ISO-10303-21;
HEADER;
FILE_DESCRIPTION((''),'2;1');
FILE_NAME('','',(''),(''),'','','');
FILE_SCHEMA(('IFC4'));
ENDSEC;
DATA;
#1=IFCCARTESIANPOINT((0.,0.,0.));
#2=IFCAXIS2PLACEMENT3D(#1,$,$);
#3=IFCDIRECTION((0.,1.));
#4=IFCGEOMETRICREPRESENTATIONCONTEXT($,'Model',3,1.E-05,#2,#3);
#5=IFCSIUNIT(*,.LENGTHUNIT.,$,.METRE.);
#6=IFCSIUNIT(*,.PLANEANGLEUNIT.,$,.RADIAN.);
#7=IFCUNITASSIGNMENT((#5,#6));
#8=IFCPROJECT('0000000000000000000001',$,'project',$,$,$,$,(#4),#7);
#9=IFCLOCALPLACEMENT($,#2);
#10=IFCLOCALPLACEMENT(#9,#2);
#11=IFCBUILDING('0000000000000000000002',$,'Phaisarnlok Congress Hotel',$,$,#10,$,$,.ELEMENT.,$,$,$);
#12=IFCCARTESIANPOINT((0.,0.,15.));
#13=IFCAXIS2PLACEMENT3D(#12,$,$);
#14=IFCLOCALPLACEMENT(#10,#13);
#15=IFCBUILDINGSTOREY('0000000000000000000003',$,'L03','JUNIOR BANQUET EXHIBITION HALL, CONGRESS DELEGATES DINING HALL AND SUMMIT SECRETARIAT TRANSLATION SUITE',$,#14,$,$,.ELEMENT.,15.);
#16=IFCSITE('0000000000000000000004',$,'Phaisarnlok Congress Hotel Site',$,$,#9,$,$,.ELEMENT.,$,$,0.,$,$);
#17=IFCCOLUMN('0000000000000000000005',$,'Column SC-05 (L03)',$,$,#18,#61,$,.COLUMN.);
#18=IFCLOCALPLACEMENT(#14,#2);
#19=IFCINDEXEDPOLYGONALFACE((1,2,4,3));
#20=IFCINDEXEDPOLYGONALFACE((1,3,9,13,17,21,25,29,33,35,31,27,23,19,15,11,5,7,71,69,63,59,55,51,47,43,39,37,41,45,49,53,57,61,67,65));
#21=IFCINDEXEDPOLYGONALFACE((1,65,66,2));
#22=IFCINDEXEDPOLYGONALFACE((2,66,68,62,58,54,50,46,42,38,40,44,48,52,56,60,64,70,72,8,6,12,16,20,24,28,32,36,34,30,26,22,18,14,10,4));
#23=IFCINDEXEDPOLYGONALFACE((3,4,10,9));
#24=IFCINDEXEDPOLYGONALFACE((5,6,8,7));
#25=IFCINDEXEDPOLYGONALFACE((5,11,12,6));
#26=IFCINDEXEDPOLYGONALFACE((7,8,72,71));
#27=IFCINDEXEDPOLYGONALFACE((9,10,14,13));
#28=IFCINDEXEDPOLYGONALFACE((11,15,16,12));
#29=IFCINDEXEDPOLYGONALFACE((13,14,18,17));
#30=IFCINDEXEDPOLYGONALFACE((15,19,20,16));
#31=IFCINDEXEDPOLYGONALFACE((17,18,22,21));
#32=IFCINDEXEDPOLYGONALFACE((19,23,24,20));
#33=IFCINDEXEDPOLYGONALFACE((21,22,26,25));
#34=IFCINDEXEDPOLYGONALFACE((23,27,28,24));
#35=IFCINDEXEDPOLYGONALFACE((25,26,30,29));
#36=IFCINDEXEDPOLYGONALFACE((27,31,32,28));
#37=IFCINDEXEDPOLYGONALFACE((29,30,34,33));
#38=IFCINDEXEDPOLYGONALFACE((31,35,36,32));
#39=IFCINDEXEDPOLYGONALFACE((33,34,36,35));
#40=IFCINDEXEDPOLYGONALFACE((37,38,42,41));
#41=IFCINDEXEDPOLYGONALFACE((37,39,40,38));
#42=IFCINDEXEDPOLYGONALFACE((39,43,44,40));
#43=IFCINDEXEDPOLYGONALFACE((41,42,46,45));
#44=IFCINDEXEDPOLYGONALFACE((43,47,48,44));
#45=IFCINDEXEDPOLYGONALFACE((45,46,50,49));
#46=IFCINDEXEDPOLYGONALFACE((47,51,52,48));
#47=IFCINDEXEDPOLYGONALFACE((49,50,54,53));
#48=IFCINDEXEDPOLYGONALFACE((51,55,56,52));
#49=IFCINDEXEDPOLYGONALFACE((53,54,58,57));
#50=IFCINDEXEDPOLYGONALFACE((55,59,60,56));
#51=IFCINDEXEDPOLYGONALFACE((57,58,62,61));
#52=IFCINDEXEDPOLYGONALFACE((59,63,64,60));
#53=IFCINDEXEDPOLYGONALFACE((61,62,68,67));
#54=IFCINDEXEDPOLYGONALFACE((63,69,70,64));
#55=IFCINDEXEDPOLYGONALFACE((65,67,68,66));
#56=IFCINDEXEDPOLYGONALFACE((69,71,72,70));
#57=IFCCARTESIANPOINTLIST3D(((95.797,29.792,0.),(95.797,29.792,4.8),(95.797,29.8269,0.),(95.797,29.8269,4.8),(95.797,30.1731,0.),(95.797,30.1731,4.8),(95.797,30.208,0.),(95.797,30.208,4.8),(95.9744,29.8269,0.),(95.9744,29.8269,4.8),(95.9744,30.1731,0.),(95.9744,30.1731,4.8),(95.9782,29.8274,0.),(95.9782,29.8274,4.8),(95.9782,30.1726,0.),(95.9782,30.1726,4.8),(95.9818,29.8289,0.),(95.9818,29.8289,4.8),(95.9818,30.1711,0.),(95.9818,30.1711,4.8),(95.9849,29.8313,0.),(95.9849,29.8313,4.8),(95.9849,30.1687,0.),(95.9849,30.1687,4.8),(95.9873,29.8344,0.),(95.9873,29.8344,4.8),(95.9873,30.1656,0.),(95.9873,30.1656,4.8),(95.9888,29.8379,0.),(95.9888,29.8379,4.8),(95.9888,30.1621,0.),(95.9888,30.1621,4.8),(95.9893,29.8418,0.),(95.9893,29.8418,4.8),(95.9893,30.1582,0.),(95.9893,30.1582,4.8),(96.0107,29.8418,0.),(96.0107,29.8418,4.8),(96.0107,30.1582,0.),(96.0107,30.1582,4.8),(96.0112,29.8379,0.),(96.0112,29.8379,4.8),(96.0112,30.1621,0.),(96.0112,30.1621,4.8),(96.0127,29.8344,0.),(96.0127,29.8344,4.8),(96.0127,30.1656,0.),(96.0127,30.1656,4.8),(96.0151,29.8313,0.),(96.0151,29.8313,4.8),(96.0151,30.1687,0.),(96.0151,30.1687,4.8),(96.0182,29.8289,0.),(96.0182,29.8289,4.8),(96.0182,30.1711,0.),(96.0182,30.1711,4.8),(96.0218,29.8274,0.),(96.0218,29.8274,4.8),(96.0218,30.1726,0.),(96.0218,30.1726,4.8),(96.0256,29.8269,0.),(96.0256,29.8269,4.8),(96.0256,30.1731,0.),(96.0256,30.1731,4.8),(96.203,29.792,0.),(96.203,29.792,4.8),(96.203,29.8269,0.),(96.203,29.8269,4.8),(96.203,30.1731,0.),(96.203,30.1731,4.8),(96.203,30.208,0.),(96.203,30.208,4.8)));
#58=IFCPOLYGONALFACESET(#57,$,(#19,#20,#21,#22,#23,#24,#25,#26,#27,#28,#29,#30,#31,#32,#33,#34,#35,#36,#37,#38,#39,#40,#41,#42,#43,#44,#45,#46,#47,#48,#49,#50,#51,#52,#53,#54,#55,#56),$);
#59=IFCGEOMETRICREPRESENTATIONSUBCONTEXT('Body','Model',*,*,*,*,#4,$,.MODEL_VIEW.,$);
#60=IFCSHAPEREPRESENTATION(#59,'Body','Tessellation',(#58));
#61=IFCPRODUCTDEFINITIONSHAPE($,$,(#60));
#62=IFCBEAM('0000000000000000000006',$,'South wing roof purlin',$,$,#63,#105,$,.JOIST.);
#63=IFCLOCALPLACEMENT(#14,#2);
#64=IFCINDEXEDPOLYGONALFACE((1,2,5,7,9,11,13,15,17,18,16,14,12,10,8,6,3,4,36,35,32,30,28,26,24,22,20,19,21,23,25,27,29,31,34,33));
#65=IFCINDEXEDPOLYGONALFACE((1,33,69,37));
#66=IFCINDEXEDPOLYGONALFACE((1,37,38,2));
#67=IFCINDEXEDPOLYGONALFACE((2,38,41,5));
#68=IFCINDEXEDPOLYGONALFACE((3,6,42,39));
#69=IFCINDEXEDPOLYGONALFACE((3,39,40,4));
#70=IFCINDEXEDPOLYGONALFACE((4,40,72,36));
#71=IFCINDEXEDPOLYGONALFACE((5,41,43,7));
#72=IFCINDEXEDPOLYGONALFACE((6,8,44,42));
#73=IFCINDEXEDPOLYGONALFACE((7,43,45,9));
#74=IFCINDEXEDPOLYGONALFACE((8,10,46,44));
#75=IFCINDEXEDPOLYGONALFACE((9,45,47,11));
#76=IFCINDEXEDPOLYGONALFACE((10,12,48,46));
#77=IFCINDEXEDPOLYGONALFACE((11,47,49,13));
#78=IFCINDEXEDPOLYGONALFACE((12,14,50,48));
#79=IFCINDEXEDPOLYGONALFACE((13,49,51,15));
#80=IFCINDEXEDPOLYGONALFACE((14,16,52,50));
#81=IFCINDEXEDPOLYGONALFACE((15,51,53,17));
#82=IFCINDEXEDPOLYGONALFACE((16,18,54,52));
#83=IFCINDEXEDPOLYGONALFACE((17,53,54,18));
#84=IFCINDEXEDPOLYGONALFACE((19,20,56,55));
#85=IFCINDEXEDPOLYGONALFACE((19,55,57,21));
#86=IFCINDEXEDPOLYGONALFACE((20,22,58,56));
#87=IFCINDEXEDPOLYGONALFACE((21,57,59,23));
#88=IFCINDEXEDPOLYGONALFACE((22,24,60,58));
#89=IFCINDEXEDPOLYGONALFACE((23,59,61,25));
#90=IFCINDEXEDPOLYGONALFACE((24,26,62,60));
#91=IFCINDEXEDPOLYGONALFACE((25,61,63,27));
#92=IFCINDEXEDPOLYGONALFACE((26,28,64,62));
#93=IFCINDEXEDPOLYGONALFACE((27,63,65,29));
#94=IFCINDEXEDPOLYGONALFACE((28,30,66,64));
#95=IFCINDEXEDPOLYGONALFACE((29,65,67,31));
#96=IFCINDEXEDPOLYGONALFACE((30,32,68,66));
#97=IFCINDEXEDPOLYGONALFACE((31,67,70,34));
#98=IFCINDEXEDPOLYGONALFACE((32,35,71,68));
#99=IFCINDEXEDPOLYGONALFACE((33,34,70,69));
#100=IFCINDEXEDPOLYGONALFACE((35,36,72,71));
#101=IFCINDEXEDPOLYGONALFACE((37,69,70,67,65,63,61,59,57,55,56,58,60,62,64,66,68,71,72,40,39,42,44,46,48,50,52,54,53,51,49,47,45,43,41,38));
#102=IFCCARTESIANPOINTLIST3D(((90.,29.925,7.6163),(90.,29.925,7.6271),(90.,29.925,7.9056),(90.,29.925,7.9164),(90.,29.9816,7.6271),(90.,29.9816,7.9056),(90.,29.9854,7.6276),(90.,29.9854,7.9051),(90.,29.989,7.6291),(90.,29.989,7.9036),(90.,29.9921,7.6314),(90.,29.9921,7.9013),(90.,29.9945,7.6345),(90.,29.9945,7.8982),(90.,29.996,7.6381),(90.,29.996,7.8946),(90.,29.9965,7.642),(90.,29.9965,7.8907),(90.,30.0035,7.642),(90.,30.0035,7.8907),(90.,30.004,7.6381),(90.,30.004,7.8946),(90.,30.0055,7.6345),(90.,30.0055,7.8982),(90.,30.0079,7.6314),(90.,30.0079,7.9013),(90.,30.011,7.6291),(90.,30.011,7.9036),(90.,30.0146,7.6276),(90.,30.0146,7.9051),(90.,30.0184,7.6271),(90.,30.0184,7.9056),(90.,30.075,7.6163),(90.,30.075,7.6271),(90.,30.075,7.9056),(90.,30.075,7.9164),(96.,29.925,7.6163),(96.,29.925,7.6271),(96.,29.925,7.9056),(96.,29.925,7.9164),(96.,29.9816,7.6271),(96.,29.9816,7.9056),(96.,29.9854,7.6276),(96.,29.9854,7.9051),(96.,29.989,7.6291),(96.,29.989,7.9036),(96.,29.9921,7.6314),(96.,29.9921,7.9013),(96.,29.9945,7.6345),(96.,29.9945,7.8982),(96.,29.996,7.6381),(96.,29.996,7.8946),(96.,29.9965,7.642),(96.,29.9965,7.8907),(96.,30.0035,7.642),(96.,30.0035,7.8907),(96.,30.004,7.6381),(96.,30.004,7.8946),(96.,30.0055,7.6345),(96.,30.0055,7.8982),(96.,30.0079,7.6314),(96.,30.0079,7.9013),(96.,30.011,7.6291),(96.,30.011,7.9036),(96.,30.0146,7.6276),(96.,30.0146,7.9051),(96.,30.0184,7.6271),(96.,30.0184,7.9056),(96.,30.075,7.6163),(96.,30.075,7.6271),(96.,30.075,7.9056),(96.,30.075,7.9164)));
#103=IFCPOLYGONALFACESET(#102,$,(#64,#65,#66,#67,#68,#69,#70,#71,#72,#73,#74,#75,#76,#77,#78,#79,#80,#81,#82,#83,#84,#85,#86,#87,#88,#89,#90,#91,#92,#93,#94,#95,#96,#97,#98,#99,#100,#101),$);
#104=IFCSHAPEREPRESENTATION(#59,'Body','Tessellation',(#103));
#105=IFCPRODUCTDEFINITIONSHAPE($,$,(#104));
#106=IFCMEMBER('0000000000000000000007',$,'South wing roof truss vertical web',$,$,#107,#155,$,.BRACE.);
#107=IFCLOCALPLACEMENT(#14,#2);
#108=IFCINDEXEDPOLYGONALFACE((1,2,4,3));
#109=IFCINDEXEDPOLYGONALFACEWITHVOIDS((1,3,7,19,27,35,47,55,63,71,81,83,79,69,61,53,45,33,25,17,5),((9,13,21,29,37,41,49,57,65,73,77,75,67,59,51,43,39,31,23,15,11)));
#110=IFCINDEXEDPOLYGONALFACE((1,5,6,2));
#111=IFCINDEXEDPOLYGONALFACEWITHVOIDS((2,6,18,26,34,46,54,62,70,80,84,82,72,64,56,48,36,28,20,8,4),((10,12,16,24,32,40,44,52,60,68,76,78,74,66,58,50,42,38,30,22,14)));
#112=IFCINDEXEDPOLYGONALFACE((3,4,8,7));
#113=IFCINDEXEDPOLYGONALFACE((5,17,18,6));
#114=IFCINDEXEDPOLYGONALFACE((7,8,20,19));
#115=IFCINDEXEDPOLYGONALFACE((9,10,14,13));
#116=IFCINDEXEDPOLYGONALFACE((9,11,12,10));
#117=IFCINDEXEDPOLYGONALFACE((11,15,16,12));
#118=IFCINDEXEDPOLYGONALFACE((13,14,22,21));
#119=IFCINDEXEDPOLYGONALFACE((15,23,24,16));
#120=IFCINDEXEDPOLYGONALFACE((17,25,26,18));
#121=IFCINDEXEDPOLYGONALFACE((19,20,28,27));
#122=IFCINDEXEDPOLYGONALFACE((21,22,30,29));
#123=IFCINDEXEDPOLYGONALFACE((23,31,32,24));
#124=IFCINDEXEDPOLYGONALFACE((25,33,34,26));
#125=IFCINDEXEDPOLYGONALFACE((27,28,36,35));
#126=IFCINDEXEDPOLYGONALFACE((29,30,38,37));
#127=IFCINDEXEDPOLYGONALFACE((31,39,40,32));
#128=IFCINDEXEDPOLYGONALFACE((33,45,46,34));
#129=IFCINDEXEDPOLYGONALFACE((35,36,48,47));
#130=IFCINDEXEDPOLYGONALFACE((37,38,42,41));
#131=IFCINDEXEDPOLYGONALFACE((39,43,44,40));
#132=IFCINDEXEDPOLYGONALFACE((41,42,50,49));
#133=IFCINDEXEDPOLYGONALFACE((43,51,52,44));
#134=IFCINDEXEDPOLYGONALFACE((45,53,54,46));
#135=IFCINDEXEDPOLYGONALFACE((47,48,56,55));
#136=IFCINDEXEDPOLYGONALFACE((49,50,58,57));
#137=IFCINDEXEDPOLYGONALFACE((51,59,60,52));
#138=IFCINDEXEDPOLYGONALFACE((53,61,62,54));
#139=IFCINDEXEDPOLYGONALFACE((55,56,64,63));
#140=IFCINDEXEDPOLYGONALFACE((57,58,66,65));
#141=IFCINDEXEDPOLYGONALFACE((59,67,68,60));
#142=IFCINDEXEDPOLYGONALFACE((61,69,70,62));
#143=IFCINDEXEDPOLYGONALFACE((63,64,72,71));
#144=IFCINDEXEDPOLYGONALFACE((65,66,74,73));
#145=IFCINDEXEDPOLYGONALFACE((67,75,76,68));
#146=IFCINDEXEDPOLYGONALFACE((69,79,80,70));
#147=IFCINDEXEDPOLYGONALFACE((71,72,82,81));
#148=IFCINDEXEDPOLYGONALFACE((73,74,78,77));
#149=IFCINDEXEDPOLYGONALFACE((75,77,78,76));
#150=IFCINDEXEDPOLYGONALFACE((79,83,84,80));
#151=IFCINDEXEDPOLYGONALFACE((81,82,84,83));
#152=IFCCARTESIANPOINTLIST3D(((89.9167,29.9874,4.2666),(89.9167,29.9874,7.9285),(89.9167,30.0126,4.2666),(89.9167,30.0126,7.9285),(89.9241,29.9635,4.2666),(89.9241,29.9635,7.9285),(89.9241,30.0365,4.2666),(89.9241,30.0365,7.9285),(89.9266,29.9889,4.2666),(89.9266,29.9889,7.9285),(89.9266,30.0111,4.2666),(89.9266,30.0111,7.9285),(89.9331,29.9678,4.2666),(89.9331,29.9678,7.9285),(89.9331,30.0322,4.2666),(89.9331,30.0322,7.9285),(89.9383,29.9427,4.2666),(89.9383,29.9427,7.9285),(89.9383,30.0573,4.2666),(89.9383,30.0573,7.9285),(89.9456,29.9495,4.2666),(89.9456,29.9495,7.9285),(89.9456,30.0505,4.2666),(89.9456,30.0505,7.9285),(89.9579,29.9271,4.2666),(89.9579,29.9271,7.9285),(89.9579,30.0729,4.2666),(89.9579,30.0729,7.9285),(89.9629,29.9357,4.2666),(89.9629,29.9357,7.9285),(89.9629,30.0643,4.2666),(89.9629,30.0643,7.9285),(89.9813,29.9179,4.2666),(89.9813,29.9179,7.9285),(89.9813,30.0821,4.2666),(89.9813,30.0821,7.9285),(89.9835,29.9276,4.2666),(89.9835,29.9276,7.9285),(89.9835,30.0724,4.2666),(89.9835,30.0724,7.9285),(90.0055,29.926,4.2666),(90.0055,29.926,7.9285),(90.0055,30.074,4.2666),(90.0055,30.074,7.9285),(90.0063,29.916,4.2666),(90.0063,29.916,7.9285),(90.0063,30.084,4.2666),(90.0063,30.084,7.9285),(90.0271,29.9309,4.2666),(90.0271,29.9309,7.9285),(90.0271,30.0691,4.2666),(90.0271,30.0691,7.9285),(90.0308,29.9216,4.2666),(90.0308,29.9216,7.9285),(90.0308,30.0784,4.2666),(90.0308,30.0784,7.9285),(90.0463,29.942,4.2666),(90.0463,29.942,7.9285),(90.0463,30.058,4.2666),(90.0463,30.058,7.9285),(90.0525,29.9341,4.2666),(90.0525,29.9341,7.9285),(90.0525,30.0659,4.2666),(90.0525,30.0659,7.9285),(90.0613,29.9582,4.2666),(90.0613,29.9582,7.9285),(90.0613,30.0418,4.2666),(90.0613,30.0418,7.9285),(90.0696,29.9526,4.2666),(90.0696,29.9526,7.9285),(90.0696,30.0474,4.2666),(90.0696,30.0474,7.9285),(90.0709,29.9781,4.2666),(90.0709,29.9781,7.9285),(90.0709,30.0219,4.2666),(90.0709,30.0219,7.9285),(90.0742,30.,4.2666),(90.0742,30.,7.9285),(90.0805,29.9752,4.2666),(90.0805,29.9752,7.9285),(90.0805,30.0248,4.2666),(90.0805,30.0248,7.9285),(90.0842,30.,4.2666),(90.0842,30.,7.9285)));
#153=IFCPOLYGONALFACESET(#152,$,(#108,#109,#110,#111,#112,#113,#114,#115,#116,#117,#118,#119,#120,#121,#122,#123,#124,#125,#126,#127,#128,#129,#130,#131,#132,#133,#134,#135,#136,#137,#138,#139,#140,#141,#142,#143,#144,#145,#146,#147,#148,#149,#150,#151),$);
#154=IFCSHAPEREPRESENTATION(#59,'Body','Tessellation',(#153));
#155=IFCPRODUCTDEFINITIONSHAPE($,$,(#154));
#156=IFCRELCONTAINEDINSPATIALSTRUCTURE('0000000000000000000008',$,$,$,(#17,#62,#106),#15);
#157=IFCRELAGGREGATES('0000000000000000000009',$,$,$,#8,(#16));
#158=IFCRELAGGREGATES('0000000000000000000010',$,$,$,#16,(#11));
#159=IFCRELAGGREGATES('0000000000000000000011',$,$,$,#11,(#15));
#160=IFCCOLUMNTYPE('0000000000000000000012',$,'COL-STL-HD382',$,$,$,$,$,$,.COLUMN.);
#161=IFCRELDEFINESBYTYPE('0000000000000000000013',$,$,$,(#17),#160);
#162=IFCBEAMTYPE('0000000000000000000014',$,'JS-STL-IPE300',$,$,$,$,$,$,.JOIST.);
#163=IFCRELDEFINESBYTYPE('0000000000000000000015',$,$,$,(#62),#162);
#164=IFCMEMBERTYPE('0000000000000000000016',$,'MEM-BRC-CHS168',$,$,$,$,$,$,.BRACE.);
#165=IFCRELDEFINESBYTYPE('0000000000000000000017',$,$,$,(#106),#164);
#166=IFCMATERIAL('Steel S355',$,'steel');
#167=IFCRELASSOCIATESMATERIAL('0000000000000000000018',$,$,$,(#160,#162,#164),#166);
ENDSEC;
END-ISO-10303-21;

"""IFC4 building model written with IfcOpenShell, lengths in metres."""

from ifc_helpers import new_model, si_unit, direction, frame, origin, origin_2d, place, context, subcontext, project, spatial, hollow_circle, i_section, extrude, material, material_profile, profile_set, type_object, element, save


model = new_model("IFC4")

# Units and contexts
model_context = context("Model", 3, precision=1e-05, world=origin(), true_north=direction((0.0, 1.0)))
body_context = subcontext(model_context, "Body", "Model", "MODEL_VIEW")
ifc_project = project(units=[si_unit("LENGTHUNIT", "METRE"), si_unit("PLANEANGLEUNIT", "RADIAN")], contexts=[model_context])

# Site, building, storey
site_placement = place(None, origin())
site = spatial("IfcSite", under=ifc_project, at=site_placement, Name="Phaisarnlok Congress Hotel Site", CompositionType="ELEMENT", RefElevation=0.0)
building_placement = place(site_placement, origin())
building = spatial("IfcBuilding", under=site, at=building_placement, Name="Phaisarnlok Congress Hotel", CompositionType="ELEMENT")
storey_placement = place(building_placement, frame((0.0, 0.0, 15.0)))
storey = spatial("IfcBuildingStorey", under=building, at=storey_placement, Name="L03", Description="JUNIOR BANQUET EXHIBITION HALL, CONGRESS DELEGATES DINING HALL AND SUMMIT SECRETARIAT TRANSLATION SUITE", CompositionType="ELEMENT", Elevation=15.0)

# Column
ifc_material_1 = material(Name="Steel S355", Category="steel")
ifc_material_profile_1 = material_profile(ifc_material_1, i_section(OverallWidth=0.406, OverallDepth=0.416, WebThickness=0.0215, FlangeThickness=0.0349, FilletRadius=0.0149, at=origin_2d()), Name="HD 400x382")
ifc_profile_set_1 = profile_set([ifc_material_profile_1], Name="Steel S355")
column_type = type_object("IfcColumnType", Name="COL-STL-HD382", PredefinedType="COLUMN", material=ifc_profile_set_1)
column_placement = place(storey_placement, frame((96.0, 30.0, 0.0), z_axis=(0.0, 0.0, 1.0), x_axis=(1.0, 0.0, 0.0)))
element("IfcColumn", 1, at=column_placement, inside=storey, type_object=column_type, Name="Column SC-05 (L03)", PredefinedType="COLUMN", context=body_context, shape_type="SweptSolid", body=[
    extrude(i_section(OverallWidth=0.406, OverallDepth=0.416, WebThickness=0.0215, FlangeThickness=0.0349, FilletRadius=0.0149, at=origin_2d()), origin(), (0.0, 0.0, 1.0), 4.8),
])

# Beam
ifc_material_profile_2 = material_profile(ifc_material_1, i_section(OverallWidth=0.1499, OverallDepth=0.3, WebThickness=0.0071, FlangeThickness=0.0107, FilletRadius=0.0149, at=origin_2d()), Name="IPE 300")
ifc_profile_set_2 = profile_set([ifc_material_profile_2], Name="Steel S355")
beam_type_1 = type_object("IfcBeamType", Name="JS-STL-IPE300", PredefinedType="JOIST", material=ifc_profile_set_2)
beam_1_placement = place(storey_placement, frame((90.0, 30.0, 7.7664), z_axis=(1.0, 0.0, 0.0), x_axis=(0.0, 1.0, 0.0)))
element("IfcBeam", 2, at=beam_1_placement, inside=storey, type_object=beam_type_1, Name="South wing roof purlin", PredefinedType="JOIST", context=body_context, shape_type="SweptSolid", body=[
    extrude(i_section(OverallWidth=0.1499, OverallDepth=0.3, WebThickness=0.0071, FlangeThickness=0.0107, FilletRadius=0.0149, at=origin_2d()), origin(), (0.0, 0.0, 1.0), 6.0),
])

# Member
ifc_material_profile_3 = material_profile(ifc_material_1, hollow_circle(Radius=0.0842, WallThickness=0.01, at=origin_2d()), Name="CHS 168.3x10")
ifc_profile_set_3 = profile_set([ifc_material_profile_3], Name="Steel S355")
member_type_1 = type_object("IfcMemberType", Name="MEM-BRC-CHS168", PredefinedType="BRACE", material=ifc_profile_set_3)
member_1_placement = place(storey_placement, frame((90.0, 30.0, 4.2666), z_axis=(0.0, 0.0, 1.0), x_axis=(1.0, 0.0, 0.0)))
element("IfcMember", 3, at=member_1_placement, inside=storey, type_object=member_type_1, Name="South wing roof truss vertical web", PredefinedType="BRACE", context=body_context, shape_type="SweptSolid", body=[
    extrude(hollow_circle(Radius=0.0842, WallThickness=0.01, at=origin_2d()), origin(), (0.0, 0.0, 1.0), 3.6619),
])

save(model, "model.ifc")
